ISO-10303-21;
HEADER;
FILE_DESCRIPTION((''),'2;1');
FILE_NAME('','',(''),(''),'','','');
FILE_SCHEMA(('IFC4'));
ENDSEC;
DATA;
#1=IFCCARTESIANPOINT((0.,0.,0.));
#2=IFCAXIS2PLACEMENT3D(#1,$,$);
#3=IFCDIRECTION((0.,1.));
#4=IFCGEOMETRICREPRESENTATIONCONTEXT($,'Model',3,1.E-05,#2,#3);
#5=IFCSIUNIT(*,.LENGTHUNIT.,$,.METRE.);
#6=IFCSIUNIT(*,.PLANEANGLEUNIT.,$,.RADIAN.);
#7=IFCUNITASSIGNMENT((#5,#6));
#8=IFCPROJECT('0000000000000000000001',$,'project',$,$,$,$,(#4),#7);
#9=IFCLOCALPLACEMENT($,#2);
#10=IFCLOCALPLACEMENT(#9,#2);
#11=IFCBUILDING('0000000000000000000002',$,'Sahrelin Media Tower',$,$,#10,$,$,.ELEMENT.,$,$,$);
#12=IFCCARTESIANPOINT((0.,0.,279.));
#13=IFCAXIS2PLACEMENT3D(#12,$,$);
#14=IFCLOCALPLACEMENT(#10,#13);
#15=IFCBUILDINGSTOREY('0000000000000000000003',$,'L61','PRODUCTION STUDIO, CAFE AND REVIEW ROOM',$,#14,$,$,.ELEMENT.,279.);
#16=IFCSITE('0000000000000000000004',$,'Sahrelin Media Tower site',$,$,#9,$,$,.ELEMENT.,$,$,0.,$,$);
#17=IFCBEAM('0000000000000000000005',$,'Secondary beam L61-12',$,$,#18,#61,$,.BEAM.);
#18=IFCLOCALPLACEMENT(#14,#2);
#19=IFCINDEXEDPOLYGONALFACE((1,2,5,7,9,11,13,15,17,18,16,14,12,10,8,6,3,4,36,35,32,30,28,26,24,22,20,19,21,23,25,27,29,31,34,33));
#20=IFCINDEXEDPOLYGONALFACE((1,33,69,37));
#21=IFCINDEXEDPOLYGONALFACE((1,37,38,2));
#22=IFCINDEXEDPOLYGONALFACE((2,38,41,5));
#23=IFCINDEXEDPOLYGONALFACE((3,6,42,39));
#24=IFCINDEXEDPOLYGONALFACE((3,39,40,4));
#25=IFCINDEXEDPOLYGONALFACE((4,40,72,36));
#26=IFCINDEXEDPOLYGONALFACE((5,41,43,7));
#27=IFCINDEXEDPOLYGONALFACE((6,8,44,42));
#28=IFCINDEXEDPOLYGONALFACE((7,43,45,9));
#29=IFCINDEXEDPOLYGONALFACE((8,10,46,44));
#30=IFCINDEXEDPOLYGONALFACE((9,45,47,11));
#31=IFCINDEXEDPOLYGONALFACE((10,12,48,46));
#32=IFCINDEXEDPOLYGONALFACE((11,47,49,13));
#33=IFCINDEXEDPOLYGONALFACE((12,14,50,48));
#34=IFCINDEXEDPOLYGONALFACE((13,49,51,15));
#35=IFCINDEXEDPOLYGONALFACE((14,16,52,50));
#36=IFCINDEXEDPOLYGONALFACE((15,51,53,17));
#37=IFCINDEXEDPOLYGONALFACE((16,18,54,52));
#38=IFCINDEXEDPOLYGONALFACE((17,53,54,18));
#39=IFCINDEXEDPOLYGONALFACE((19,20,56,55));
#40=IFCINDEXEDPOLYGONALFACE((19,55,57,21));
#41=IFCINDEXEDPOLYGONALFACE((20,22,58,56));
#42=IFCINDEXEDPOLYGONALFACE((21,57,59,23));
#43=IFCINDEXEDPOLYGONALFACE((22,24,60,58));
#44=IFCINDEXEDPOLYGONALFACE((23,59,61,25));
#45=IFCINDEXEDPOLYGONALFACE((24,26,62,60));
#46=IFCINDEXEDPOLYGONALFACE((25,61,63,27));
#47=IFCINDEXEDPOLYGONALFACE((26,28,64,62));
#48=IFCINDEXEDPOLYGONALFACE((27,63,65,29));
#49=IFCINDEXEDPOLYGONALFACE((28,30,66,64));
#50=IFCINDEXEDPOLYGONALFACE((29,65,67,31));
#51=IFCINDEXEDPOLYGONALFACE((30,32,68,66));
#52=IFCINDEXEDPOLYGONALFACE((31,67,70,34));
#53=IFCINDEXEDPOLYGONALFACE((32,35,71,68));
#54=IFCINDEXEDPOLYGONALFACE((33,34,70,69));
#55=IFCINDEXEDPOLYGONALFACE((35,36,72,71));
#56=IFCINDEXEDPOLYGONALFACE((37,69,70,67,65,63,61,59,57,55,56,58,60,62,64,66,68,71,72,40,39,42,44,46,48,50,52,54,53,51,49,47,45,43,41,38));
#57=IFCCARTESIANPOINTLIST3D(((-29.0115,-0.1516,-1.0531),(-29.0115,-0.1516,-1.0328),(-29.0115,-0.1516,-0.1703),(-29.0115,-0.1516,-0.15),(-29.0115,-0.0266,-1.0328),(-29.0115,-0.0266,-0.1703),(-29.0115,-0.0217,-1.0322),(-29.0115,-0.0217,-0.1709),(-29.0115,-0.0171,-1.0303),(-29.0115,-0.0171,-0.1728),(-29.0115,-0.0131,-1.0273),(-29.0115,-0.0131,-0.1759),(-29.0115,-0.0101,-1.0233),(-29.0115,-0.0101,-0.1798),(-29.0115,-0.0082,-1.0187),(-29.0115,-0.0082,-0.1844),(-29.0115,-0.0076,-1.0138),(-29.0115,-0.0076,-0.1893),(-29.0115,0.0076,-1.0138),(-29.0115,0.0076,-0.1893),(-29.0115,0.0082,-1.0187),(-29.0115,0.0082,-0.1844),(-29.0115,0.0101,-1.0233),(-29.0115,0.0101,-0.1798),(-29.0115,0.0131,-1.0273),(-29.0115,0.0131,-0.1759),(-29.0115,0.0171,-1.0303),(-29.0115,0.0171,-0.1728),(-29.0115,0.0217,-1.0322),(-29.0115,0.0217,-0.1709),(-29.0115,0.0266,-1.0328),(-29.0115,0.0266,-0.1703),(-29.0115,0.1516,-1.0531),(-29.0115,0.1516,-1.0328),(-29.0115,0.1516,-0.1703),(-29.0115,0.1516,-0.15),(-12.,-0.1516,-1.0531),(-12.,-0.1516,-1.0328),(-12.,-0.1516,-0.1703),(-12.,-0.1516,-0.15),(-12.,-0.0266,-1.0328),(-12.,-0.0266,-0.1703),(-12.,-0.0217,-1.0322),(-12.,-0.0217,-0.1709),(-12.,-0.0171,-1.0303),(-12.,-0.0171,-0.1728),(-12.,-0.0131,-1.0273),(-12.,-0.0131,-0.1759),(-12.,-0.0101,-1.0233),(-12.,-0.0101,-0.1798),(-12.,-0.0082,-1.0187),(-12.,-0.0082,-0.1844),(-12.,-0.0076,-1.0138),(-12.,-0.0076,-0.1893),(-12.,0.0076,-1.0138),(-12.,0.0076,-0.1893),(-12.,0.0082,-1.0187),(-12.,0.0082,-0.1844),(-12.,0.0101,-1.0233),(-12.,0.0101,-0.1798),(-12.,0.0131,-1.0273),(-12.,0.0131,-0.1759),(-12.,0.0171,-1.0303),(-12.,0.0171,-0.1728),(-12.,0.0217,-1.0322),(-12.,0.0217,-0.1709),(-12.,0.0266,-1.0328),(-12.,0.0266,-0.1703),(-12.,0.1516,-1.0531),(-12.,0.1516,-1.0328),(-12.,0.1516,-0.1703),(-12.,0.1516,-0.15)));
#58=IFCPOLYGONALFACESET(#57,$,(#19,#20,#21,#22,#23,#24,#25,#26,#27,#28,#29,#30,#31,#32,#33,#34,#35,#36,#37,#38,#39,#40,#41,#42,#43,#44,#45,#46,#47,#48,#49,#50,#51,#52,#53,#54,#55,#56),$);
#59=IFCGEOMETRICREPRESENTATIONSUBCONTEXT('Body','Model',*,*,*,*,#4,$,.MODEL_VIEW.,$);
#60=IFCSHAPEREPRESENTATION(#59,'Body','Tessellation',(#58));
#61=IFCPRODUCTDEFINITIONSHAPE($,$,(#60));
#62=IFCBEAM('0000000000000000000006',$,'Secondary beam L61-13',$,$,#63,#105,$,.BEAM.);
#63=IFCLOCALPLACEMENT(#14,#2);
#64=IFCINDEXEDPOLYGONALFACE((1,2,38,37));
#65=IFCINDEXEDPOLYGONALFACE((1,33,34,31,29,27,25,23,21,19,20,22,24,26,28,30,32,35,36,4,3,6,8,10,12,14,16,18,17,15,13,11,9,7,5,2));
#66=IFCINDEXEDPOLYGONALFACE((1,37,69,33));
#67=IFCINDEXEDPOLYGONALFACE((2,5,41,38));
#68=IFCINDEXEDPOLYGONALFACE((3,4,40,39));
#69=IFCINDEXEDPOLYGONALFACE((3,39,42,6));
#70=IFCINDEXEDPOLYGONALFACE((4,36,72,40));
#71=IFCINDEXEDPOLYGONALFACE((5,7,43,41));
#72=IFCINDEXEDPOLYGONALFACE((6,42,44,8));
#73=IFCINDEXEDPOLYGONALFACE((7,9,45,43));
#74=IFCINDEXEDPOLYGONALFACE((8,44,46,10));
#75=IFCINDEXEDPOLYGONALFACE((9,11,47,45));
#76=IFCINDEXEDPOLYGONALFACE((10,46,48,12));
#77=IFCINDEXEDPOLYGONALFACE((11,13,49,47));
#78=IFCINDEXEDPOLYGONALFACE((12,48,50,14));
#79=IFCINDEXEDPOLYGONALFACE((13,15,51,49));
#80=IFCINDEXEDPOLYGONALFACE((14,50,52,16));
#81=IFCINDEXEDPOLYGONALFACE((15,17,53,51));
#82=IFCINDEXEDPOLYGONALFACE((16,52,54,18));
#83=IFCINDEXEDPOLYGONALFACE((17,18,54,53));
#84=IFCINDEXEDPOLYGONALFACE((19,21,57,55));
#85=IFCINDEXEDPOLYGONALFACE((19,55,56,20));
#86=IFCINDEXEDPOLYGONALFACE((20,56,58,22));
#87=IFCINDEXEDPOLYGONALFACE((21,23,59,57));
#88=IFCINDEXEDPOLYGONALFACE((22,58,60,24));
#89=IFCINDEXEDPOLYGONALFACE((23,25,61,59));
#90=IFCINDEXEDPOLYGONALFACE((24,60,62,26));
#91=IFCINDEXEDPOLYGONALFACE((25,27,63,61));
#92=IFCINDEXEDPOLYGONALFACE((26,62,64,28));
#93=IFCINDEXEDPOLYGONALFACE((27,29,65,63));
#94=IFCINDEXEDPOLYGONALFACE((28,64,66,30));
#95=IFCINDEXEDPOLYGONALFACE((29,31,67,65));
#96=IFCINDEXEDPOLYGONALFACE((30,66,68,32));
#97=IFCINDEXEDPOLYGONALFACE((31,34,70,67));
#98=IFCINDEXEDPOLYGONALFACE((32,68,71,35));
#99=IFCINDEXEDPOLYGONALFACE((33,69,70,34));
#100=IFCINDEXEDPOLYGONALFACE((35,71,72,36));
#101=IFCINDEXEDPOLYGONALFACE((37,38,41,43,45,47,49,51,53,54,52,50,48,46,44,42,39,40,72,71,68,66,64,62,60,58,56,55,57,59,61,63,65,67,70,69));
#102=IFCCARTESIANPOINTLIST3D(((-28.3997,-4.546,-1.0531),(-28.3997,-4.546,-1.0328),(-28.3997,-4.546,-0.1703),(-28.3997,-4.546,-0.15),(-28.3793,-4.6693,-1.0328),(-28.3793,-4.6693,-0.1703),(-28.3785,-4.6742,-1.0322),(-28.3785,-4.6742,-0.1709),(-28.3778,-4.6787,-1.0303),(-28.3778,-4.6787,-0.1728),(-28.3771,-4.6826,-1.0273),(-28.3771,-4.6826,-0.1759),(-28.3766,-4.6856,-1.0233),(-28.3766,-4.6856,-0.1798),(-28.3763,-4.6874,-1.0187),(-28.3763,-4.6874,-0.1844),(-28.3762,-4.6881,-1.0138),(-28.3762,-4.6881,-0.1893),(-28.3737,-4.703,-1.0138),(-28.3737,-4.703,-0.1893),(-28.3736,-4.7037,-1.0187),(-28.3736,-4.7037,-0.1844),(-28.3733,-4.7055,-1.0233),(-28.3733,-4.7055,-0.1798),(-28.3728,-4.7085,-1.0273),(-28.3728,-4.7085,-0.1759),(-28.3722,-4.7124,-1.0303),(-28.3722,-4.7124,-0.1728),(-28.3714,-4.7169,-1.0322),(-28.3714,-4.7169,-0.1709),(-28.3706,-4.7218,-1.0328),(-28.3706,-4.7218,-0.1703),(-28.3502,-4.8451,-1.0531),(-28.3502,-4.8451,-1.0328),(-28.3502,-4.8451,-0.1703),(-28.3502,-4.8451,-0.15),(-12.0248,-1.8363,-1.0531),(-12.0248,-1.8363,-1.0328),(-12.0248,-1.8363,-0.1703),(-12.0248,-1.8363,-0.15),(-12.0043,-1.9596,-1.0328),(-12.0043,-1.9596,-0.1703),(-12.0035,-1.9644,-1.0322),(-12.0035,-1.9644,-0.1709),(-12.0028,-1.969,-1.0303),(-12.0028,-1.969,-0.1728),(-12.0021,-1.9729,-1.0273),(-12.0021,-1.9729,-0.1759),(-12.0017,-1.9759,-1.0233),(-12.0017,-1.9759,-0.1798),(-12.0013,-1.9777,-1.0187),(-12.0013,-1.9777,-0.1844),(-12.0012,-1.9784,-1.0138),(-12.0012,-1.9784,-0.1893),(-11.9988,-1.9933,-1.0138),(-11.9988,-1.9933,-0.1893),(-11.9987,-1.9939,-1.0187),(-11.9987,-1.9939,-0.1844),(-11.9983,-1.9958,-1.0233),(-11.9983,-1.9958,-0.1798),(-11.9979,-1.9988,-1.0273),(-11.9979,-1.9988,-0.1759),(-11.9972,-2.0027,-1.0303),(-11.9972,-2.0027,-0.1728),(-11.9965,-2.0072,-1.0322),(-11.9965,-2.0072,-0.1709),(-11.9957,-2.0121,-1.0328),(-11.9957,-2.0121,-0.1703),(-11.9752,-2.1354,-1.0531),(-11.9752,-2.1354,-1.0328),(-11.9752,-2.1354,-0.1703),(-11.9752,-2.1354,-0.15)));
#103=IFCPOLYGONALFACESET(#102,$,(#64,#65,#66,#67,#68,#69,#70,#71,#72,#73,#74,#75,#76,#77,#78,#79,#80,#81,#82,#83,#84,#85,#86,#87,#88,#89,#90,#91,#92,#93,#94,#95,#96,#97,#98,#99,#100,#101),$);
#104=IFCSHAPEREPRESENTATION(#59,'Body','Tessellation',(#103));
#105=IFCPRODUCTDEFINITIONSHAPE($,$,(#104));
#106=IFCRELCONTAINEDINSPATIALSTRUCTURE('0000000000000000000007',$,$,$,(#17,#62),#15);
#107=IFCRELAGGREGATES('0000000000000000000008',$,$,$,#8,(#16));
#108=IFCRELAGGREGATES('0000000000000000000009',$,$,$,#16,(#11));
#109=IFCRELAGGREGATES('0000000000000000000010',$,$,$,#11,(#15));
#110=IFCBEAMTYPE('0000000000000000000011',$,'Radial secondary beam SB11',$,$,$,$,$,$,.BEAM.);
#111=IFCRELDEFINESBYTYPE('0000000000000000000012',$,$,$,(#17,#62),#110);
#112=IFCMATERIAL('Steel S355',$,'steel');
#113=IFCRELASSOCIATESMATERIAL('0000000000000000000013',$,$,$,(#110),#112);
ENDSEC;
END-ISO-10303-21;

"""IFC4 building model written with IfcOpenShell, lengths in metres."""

from ifc_helpers import new_model, si_unit, direction, frame, origin, origin_2d, place, context, subcontext, project, spatial, i_section, extrude, material, material_profile, profile_set, type_object, element, save


model = new_model("IFC4")

# Units and contexts
model_context = context("Model", 3, precision=1e-05, world=origin(), true_north=direction((0.0, 1.0)))
body_context = subcontext(model_context, "Body", "Model", "MODEL_VIEW")
ifc_project = project(units=[si_unit("LENGTHUNIT", "METRE"), si_unit("PLANEANGLEUNIT", "RADIAN")], contexts=[model_context])

# Site, building, storey
site_placement = place(None, origin())
site = spatial("IfcSite", under=ifc_project, at=site_placement, Name="Sahrelin Media Tower site", CompositionType="ELEMENT", RefElevation=0.0)
building_placement = place(site_placement, origin())
building = spatial("IfcBuilding", under=site, at=building_placement, Name="Sahrelin Media Tower", CompositionType="ELEMENT")
storey_placement = place(building_placement, frame((0.0, 0.0, 279.0)))
storey = spatial("IfcBuildingStorey", under=building, at=storey_placement, Name="L61", Description="PRODUCTION STUDIO, CAFE AND REVIEW ROOM", CompositionType="ELEMENT", Elevation=279.0)

# Beams
ifc_material_1 = material(Name="Steel S355", Category="steel")
ifc_material_profile_1 = material_profile(ifc_material_1, i_section(OverallWidth=0.3032, OverallDepth=0.9031, WebThickness=0.0151, FlangeThickness=0.0203, FilletRadius=0.019, at=origin_2d()), Name="UB 914x305x201")
ifc_profile_set_1 = profile_set([ifc_material_profile_1], Name="Steel S355")
beam_type_1 = type_object("IfcBeamType", Name="Radial secondary beam SB11", PredefinedType="BEAM", material=ifc_profile_set_1)
beam_1_placement = place(storey_placement, frame((-12.0, 0.0, -0.6016), z_axis=(-1.0, 0.0, 0.0), x_axis=(0.0, -1.0, 0.0)))
element("IfcBeam", 1, at=beam_1_placement, inside=storey, type_object=beam_type_1, Name="Secondary beam L61-12", PredefinedType="BEAM", context=body_context, shape_type="SweptSolid", body=[
    extrude(i_section(OverallWidth=0.3032, OverallDepth=0.9031, WebThickness=0.0151, FlangeThickness=0.0203, FilletRadius=0.019, at=origin_2d()), origin(), (0.0, 0.0, 1.0), 17.0115),
])
beam_2_placement = place(storey_placement, frame((-12.0, -1.9858, -0.6016), z_axis=(-0.986583, -0.163259, 0.0), x_axis=(0.163259, -0.986583, 0.0)))
element("IfcBeam", 2, at=beam_2_placement, inside=storey, type_object=beam_type_1, Name="Secondary beam L61-13", PredefinedType="BEAM", context=body_context, shape_type="SweptSolid", body=[
    extrude(i_section(OverallWidth=0.3032, OverallDepth=0.9031, WebThickness=0.0151, FlangeThickness=0.0203, FilletRadius=0.019, at=origin_2d()), origin(), (0.0, 0.0, 1.0), 16.5977),
])

save(model, "model.ifc")
